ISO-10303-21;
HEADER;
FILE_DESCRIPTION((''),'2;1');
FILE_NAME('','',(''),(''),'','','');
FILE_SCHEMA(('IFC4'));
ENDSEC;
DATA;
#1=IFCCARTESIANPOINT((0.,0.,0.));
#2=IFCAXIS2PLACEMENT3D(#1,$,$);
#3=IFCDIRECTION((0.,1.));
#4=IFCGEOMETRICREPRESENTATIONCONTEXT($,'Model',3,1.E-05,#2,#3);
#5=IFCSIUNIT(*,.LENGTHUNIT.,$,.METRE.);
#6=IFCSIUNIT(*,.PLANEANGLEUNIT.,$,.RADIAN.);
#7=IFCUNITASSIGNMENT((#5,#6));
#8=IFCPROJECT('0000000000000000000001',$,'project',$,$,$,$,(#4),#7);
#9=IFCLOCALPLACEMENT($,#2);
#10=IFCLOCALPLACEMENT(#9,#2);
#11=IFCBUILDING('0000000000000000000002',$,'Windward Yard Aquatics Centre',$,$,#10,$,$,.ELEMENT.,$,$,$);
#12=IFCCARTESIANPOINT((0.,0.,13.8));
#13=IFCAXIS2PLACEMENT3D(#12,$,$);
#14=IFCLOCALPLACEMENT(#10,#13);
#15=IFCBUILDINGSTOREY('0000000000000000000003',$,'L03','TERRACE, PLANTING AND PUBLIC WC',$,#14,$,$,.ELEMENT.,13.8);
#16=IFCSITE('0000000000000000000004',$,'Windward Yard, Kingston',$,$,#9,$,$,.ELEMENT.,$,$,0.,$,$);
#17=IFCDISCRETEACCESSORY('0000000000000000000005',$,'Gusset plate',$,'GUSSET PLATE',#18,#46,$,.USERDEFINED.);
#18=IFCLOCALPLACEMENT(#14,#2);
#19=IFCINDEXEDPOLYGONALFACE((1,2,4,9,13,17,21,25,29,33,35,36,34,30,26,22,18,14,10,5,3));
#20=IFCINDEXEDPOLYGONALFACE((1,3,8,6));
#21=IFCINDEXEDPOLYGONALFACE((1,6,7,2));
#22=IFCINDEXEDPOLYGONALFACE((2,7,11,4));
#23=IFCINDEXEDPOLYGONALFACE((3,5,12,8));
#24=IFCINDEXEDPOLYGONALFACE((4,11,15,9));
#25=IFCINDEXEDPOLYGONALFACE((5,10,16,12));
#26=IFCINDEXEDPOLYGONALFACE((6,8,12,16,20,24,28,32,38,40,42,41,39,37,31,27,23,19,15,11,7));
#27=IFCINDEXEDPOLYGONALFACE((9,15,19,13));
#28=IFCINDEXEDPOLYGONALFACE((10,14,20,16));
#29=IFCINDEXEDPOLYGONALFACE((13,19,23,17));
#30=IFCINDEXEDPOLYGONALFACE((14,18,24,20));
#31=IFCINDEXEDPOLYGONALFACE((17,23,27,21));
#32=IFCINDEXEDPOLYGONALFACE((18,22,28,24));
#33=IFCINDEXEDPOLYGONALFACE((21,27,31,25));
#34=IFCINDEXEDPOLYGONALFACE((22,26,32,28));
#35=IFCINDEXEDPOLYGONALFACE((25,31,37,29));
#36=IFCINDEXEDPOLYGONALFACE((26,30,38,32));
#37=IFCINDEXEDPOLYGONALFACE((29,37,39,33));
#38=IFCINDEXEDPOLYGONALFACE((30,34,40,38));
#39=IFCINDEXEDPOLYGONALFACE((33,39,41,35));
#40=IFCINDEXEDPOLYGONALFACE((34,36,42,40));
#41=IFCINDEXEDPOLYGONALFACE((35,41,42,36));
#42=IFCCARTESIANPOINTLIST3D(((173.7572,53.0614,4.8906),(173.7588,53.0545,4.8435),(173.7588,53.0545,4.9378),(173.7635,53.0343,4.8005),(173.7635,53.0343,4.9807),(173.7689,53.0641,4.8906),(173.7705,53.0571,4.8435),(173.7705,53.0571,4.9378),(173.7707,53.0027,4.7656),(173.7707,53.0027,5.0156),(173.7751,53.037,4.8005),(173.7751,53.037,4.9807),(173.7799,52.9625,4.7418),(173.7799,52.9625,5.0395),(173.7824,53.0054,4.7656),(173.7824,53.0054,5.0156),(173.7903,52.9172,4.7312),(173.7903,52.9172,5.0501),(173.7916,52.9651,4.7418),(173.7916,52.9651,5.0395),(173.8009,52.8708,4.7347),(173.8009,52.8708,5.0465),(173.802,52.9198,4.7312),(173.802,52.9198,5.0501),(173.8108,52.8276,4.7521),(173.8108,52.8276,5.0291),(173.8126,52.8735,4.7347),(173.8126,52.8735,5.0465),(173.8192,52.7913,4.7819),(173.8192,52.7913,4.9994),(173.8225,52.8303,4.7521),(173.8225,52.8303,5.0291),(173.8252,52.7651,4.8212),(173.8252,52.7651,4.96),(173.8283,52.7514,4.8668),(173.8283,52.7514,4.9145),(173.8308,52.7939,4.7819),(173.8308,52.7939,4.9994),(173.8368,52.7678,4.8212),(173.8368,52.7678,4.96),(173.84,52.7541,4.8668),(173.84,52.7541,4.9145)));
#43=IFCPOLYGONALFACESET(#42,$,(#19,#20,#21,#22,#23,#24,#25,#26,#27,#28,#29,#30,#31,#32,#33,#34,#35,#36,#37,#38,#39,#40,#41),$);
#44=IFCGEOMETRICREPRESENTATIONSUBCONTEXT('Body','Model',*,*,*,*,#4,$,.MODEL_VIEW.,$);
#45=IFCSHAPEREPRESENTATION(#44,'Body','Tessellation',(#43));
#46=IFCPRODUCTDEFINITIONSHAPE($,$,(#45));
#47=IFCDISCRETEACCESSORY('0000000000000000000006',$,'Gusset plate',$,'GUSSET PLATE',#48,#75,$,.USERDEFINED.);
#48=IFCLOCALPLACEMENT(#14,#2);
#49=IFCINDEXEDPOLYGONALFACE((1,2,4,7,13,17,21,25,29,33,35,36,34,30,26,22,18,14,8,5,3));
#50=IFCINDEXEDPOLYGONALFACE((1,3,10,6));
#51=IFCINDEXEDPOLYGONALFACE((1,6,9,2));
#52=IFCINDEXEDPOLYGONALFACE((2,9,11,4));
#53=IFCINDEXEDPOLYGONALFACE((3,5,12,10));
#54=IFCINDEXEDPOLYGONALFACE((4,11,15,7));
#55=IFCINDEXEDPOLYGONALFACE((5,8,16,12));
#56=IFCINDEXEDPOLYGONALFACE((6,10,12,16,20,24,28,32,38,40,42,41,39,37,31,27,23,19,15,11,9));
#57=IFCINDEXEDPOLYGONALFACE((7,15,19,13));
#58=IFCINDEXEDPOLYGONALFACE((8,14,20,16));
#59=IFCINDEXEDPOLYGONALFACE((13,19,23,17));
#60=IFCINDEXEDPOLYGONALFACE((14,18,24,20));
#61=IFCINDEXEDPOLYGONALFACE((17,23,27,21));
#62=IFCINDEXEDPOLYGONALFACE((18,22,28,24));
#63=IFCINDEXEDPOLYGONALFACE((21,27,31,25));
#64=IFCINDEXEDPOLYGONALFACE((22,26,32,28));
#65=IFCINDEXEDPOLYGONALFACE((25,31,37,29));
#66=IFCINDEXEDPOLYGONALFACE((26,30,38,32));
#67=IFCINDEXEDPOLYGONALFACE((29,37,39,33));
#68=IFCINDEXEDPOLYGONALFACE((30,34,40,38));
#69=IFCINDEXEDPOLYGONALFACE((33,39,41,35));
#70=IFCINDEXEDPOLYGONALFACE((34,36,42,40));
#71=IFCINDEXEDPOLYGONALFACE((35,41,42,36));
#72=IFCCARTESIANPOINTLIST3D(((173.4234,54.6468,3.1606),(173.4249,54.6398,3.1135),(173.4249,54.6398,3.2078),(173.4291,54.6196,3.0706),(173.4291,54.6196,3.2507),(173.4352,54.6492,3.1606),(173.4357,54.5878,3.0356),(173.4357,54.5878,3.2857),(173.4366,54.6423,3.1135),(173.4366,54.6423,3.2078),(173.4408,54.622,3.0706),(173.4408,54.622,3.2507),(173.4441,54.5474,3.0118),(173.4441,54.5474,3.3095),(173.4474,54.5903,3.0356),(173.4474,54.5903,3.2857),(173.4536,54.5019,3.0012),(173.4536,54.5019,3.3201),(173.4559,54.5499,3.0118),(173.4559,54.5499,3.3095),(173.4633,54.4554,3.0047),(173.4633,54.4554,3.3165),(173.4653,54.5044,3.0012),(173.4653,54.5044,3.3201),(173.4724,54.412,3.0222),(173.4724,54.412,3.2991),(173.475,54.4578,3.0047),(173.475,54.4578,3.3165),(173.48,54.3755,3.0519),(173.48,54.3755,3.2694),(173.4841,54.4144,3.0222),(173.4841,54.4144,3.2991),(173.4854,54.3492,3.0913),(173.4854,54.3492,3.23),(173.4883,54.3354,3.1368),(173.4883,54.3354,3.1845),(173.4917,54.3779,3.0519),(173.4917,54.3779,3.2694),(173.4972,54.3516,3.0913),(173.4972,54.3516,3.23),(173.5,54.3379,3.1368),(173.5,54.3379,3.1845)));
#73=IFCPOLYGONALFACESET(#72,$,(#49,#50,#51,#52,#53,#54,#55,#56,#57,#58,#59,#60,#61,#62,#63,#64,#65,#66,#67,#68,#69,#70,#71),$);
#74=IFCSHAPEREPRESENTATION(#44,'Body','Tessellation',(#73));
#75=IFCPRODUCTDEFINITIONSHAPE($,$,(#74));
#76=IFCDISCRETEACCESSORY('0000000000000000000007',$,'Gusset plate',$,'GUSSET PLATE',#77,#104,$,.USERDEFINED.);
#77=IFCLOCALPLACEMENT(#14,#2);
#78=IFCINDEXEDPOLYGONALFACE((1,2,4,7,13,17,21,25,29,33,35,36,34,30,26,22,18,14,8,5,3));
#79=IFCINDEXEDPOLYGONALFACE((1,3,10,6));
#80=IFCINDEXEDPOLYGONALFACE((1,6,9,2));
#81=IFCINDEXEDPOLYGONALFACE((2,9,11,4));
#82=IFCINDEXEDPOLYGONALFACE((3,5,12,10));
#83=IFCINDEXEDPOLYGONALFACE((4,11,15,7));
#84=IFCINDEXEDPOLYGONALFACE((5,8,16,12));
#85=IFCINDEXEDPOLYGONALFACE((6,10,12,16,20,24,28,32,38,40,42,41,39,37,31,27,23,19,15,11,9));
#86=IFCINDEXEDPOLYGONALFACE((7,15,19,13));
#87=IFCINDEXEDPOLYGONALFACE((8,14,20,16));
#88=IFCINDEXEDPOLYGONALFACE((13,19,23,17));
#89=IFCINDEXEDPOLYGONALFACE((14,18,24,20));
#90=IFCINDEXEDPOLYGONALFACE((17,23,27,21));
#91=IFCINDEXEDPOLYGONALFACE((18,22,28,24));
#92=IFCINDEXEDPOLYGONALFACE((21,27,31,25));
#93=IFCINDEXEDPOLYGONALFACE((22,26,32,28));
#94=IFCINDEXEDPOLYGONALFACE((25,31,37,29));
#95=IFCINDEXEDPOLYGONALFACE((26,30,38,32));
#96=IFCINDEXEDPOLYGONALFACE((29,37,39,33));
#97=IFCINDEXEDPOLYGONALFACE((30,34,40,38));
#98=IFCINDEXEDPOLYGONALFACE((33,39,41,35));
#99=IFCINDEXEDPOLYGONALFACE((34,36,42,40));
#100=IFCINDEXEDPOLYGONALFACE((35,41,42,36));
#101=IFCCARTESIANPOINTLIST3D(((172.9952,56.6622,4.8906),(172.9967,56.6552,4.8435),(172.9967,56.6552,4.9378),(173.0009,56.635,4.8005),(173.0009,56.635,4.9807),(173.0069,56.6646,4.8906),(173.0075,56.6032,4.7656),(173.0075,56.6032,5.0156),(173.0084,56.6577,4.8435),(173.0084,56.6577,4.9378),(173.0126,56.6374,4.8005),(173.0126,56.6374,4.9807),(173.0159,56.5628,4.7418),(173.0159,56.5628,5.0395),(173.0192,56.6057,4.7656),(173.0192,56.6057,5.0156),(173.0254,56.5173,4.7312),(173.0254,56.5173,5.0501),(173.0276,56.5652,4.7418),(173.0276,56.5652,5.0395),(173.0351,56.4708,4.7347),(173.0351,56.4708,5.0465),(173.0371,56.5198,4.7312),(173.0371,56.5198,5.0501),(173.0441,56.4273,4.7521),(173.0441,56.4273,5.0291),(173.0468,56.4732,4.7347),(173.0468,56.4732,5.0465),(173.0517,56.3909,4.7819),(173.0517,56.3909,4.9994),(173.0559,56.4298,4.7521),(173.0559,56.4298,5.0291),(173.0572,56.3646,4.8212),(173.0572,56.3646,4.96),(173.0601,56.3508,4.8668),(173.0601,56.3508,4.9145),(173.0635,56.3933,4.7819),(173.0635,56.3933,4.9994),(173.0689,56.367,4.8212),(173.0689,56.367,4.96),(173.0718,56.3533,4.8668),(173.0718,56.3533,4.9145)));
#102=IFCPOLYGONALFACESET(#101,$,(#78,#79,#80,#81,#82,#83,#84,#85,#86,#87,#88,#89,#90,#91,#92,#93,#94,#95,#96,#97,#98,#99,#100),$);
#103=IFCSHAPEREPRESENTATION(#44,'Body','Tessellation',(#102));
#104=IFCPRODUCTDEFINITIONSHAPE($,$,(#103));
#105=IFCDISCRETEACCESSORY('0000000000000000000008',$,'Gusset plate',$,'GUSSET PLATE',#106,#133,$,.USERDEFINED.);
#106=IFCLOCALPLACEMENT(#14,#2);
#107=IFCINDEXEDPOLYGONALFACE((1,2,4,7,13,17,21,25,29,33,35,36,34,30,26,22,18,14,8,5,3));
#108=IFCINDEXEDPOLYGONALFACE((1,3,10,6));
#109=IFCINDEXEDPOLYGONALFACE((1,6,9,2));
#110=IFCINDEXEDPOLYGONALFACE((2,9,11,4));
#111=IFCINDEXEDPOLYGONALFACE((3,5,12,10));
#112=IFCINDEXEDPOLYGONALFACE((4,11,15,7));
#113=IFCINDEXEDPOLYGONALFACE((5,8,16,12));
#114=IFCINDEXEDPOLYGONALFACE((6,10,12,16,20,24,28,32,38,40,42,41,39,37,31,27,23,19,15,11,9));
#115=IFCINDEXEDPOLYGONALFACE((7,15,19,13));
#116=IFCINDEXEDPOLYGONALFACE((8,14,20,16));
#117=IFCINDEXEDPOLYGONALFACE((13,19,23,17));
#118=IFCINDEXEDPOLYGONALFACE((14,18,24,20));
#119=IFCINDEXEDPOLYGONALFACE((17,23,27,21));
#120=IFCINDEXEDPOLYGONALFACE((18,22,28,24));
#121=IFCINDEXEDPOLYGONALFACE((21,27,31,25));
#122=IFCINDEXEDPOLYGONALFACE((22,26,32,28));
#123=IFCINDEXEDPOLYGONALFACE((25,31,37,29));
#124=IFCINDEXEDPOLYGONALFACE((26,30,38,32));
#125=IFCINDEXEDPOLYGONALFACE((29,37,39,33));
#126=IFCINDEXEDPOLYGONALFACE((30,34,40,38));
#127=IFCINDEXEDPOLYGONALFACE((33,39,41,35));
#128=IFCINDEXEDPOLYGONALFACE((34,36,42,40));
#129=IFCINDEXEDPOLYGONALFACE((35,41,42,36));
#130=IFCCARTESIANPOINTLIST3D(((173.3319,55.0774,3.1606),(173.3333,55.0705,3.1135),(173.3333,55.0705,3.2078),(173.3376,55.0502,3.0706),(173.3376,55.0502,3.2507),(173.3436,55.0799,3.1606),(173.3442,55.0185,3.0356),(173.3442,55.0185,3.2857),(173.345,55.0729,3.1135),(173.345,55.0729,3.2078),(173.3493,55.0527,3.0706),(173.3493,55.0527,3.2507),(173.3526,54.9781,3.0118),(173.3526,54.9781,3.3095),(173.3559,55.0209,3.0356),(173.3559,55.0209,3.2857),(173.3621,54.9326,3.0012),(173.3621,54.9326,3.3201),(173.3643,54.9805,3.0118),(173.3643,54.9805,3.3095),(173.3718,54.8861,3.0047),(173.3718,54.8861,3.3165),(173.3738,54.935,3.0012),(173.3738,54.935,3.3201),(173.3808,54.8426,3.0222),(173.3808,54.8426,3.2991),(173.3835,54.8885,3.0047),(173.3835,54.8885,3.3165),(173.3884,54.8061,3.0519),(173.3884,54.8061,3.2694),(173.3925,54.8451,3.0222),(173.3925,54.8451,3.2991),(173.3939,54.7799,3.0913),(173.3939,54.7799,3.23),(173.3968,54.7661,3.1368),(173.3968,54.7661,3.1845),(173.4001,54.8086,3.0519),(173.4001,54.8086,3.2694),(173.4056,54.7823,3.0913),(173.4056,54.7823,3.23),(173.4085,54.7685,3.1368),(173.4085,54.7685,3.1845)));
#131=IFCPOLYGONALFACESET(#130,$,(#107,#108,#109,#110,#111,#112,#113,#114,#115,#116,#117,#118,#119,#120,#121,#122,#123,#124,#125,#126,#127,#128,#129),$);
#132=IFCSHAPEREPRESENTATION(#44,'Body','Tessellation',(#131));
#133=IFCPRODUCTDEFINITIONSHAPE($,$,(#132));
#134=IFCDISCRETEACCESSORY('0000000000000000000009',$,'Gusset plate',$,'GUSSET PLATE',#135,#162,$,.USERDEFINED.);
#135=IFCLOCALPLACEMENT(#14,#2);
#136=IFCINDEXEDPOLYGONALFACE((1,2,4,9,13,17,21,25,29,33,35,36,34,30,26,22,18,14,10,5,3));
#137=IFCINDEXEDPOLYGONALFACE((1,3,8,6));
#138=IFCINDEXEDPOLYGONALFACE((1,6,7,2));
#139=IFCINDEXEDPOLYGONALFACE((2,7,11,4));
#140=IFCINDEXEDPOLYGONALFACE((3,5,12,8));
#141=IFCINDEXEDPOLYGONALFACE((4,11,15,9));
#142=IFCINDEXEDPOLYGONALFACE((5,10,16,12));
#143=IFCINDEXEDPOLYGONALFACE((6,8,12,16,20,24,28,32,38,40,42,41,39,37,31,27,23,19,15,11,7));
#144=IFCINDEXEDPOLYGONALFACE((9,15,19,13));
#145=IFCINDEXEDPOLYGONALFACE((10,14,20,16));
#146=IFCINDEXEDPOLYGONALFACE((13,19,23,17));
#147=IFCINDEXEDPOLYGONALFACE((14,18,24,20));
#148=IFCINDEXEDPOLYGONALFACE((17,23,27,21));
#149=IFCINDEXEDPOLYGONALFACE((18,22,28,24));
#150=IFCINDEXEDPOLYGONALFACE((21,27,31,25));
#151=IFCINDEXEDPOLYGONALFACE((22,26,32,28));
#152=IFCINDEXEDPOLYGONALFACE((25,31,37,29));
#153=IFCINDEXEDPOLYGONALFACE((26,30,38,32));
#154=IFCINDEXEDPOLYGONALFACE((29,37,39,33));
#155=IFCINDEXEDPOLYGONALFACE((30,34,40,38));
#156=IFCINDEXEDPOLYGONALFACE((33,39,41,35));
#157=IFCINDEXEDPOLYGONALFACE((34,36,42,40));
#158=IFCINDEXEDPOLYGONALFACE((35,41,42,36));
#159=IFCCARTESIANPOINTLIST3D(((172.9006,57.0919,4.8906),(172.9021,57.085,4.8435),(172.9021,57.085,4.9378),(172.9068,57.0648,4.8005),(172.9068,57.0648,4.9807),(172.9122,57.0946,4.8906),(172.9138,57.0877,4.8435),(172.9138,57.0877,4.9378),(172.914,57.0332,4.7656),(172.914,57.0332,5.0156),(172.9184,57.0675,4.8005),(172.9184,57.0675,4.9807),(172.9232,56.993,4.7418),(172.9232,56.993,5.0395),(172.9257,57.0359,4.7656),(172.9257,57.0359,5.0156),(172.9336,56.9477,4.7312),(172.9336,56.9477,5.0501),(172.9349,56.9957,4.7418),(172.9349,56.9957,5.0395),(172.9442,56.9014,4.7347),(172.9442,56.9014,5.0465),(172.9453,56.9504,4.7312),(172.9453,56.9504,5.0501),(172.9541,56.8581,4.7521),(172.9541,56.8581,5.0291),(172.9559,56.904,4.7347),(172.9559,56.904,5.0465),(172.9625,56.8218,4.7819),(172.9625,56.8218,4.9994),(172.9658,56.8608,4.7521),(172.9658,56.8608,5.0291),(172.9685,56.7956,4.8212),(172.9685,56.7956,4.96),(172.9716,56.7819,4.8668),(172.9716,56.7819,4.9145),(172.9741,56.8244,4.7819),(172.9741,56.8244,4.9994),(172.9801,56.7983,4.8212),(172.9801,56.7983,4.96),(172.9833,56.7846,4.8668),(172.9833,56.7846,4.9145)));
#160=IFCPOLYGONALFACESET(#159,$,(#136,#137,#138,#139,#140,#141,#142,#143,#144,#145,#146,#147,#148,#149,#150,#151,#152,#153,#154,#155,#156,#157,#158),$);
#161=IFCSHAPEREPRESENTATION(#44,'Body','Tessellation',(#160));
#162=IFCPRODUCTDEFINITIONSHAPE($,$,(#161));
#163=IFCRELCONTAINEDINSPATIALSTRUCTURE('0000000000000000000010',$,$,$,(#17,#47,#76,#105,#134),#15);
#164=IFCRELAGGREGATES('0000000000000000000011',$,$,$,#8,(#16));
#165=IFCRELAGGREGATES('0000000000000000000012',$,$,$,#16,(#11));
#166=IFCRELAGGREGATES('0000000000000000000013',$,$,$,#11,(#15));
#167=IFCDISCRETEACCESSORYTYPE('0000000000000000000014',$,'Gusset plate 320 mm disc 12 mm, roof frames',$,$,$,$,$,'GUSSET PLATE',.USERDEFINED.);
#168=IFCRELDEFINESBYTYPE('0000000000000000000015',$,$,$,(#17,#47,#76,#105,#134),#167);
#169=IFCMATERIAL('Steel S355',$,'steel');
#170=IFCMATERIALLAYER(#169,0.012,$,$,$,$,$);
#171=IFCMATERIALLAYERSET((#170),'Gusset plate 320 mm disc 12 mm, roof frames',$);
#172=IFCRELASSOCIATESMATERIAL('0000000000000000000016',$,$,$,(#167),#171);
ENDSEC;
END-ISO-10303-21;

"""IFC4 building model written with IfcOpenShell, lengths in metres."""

from ifc_helpers import new_model, si_unit, direction, frame, origin, origin_2d, place, context, subcontext, project, spatial, circle, extrude, material, layer, layer_set, type_object, element, save


model = new_model("IFC4")

# Units and contexts
model_context = context("Model", 3, precision=1e-05, world=origin(), true_north=direction((0.0, 1.0)))
body_context = subcontext(model_context, "Body", "Model", "MODEL_VIEW")
ifc_project = project(units=[si_unit("LENGTHUNIT", "METRE"), si_unit("PLANEANGLEUNIT", "RADIAN")], contexts=[model_context])

# Site, building, storey
site_placement = place(None, origin())
site = spatial("IfcSite", under=ifc_project, at=site_placement, Name="Windward Yard, Kingston", CompositionType="ELEMENT", RefElevation=0.0)
building_placement = place(site_placement, origin())
building = spatial("IfcBuilding", under=site, at=building_placement, Name="Windward Yard Aquatics Centre", CompositionType="ELEMENT")
storey_placement = place(building_placement, frame((0.0, 0.0, 13.8)))
storey = spatial("IfcBuildingStorey", under=building, at=storey_placement, Name="L03", Description="TERRACE, PLANTING AND PUBLIC WC", CompositionType="ELEMENT", Elevation=13.8)

# Discrete accessories
ifc_material_1 = material(Name="Steel S355", Category="steel")
ifc_layer_1 = layer(ifc_material_1, 0.012)
ifc_layer_set_1 = layer_set([ifc_layer_1], Name="Gusset plate 320 mm disc 12 mm, roof frames")
discrete_accessory_type_1 = type_object("IfcDiscreteAccessoryType", Name="Gusset plate 320 mm disc 12 mm, roof frames", ElementType="GUSSET PLATE", PredefinedType="USERDEFINED", material=ifc_layer_set_1)
for number, where, z_axis, x_axis, name in (
    (1, (173.793, 52.9055, 4.8906), (0.974732, 0.223376, 0.0), (-0.223376, 0.974732, 0.0), "Gusset plate"),
    (2, (173.4561, 54.4902, 3.1606), (0.97898, 0.203954, 0.0), (-0.203954, 0.97898, 0.0), "Gusset plate"),
    (3, (173.0278, 56.5056, 4.8906), (0.97898, 0.203954, 0.0), (-0.203954, 0.97898, 0.0), "Gusset plate"),
    (4, (173.3645, 54.9209, 3.1606), (0.97898, 0.203954, 0.0), (-0.203954, 0.97898, 0.0), "Gusset plate"),
    (5, (172.9363, 56.936, 4.8906), (0.974732, 0.223376, 0.0), (-0.223376, 0.974732, 0.0), "Gusset plate"),
):
    element("IfcDiscreteAccessory", number, at=place(storey_placement, frame(where, z_axis=z_axis, x_axis=x_axis)), inside=storey, type_object=discrete_accessory_type_1, Name=name, ObjectType="GUSSET PLATE", PredefinedType="USERDEFINED", context=body_context, shape_type="SweptSolid", body=[
        extrude(circle(Radius=0.1599, at=origin_2d()), origin(), (0.0, 0.0, 1.0), 0.012),
    ])

save(model, "model.ifc")
